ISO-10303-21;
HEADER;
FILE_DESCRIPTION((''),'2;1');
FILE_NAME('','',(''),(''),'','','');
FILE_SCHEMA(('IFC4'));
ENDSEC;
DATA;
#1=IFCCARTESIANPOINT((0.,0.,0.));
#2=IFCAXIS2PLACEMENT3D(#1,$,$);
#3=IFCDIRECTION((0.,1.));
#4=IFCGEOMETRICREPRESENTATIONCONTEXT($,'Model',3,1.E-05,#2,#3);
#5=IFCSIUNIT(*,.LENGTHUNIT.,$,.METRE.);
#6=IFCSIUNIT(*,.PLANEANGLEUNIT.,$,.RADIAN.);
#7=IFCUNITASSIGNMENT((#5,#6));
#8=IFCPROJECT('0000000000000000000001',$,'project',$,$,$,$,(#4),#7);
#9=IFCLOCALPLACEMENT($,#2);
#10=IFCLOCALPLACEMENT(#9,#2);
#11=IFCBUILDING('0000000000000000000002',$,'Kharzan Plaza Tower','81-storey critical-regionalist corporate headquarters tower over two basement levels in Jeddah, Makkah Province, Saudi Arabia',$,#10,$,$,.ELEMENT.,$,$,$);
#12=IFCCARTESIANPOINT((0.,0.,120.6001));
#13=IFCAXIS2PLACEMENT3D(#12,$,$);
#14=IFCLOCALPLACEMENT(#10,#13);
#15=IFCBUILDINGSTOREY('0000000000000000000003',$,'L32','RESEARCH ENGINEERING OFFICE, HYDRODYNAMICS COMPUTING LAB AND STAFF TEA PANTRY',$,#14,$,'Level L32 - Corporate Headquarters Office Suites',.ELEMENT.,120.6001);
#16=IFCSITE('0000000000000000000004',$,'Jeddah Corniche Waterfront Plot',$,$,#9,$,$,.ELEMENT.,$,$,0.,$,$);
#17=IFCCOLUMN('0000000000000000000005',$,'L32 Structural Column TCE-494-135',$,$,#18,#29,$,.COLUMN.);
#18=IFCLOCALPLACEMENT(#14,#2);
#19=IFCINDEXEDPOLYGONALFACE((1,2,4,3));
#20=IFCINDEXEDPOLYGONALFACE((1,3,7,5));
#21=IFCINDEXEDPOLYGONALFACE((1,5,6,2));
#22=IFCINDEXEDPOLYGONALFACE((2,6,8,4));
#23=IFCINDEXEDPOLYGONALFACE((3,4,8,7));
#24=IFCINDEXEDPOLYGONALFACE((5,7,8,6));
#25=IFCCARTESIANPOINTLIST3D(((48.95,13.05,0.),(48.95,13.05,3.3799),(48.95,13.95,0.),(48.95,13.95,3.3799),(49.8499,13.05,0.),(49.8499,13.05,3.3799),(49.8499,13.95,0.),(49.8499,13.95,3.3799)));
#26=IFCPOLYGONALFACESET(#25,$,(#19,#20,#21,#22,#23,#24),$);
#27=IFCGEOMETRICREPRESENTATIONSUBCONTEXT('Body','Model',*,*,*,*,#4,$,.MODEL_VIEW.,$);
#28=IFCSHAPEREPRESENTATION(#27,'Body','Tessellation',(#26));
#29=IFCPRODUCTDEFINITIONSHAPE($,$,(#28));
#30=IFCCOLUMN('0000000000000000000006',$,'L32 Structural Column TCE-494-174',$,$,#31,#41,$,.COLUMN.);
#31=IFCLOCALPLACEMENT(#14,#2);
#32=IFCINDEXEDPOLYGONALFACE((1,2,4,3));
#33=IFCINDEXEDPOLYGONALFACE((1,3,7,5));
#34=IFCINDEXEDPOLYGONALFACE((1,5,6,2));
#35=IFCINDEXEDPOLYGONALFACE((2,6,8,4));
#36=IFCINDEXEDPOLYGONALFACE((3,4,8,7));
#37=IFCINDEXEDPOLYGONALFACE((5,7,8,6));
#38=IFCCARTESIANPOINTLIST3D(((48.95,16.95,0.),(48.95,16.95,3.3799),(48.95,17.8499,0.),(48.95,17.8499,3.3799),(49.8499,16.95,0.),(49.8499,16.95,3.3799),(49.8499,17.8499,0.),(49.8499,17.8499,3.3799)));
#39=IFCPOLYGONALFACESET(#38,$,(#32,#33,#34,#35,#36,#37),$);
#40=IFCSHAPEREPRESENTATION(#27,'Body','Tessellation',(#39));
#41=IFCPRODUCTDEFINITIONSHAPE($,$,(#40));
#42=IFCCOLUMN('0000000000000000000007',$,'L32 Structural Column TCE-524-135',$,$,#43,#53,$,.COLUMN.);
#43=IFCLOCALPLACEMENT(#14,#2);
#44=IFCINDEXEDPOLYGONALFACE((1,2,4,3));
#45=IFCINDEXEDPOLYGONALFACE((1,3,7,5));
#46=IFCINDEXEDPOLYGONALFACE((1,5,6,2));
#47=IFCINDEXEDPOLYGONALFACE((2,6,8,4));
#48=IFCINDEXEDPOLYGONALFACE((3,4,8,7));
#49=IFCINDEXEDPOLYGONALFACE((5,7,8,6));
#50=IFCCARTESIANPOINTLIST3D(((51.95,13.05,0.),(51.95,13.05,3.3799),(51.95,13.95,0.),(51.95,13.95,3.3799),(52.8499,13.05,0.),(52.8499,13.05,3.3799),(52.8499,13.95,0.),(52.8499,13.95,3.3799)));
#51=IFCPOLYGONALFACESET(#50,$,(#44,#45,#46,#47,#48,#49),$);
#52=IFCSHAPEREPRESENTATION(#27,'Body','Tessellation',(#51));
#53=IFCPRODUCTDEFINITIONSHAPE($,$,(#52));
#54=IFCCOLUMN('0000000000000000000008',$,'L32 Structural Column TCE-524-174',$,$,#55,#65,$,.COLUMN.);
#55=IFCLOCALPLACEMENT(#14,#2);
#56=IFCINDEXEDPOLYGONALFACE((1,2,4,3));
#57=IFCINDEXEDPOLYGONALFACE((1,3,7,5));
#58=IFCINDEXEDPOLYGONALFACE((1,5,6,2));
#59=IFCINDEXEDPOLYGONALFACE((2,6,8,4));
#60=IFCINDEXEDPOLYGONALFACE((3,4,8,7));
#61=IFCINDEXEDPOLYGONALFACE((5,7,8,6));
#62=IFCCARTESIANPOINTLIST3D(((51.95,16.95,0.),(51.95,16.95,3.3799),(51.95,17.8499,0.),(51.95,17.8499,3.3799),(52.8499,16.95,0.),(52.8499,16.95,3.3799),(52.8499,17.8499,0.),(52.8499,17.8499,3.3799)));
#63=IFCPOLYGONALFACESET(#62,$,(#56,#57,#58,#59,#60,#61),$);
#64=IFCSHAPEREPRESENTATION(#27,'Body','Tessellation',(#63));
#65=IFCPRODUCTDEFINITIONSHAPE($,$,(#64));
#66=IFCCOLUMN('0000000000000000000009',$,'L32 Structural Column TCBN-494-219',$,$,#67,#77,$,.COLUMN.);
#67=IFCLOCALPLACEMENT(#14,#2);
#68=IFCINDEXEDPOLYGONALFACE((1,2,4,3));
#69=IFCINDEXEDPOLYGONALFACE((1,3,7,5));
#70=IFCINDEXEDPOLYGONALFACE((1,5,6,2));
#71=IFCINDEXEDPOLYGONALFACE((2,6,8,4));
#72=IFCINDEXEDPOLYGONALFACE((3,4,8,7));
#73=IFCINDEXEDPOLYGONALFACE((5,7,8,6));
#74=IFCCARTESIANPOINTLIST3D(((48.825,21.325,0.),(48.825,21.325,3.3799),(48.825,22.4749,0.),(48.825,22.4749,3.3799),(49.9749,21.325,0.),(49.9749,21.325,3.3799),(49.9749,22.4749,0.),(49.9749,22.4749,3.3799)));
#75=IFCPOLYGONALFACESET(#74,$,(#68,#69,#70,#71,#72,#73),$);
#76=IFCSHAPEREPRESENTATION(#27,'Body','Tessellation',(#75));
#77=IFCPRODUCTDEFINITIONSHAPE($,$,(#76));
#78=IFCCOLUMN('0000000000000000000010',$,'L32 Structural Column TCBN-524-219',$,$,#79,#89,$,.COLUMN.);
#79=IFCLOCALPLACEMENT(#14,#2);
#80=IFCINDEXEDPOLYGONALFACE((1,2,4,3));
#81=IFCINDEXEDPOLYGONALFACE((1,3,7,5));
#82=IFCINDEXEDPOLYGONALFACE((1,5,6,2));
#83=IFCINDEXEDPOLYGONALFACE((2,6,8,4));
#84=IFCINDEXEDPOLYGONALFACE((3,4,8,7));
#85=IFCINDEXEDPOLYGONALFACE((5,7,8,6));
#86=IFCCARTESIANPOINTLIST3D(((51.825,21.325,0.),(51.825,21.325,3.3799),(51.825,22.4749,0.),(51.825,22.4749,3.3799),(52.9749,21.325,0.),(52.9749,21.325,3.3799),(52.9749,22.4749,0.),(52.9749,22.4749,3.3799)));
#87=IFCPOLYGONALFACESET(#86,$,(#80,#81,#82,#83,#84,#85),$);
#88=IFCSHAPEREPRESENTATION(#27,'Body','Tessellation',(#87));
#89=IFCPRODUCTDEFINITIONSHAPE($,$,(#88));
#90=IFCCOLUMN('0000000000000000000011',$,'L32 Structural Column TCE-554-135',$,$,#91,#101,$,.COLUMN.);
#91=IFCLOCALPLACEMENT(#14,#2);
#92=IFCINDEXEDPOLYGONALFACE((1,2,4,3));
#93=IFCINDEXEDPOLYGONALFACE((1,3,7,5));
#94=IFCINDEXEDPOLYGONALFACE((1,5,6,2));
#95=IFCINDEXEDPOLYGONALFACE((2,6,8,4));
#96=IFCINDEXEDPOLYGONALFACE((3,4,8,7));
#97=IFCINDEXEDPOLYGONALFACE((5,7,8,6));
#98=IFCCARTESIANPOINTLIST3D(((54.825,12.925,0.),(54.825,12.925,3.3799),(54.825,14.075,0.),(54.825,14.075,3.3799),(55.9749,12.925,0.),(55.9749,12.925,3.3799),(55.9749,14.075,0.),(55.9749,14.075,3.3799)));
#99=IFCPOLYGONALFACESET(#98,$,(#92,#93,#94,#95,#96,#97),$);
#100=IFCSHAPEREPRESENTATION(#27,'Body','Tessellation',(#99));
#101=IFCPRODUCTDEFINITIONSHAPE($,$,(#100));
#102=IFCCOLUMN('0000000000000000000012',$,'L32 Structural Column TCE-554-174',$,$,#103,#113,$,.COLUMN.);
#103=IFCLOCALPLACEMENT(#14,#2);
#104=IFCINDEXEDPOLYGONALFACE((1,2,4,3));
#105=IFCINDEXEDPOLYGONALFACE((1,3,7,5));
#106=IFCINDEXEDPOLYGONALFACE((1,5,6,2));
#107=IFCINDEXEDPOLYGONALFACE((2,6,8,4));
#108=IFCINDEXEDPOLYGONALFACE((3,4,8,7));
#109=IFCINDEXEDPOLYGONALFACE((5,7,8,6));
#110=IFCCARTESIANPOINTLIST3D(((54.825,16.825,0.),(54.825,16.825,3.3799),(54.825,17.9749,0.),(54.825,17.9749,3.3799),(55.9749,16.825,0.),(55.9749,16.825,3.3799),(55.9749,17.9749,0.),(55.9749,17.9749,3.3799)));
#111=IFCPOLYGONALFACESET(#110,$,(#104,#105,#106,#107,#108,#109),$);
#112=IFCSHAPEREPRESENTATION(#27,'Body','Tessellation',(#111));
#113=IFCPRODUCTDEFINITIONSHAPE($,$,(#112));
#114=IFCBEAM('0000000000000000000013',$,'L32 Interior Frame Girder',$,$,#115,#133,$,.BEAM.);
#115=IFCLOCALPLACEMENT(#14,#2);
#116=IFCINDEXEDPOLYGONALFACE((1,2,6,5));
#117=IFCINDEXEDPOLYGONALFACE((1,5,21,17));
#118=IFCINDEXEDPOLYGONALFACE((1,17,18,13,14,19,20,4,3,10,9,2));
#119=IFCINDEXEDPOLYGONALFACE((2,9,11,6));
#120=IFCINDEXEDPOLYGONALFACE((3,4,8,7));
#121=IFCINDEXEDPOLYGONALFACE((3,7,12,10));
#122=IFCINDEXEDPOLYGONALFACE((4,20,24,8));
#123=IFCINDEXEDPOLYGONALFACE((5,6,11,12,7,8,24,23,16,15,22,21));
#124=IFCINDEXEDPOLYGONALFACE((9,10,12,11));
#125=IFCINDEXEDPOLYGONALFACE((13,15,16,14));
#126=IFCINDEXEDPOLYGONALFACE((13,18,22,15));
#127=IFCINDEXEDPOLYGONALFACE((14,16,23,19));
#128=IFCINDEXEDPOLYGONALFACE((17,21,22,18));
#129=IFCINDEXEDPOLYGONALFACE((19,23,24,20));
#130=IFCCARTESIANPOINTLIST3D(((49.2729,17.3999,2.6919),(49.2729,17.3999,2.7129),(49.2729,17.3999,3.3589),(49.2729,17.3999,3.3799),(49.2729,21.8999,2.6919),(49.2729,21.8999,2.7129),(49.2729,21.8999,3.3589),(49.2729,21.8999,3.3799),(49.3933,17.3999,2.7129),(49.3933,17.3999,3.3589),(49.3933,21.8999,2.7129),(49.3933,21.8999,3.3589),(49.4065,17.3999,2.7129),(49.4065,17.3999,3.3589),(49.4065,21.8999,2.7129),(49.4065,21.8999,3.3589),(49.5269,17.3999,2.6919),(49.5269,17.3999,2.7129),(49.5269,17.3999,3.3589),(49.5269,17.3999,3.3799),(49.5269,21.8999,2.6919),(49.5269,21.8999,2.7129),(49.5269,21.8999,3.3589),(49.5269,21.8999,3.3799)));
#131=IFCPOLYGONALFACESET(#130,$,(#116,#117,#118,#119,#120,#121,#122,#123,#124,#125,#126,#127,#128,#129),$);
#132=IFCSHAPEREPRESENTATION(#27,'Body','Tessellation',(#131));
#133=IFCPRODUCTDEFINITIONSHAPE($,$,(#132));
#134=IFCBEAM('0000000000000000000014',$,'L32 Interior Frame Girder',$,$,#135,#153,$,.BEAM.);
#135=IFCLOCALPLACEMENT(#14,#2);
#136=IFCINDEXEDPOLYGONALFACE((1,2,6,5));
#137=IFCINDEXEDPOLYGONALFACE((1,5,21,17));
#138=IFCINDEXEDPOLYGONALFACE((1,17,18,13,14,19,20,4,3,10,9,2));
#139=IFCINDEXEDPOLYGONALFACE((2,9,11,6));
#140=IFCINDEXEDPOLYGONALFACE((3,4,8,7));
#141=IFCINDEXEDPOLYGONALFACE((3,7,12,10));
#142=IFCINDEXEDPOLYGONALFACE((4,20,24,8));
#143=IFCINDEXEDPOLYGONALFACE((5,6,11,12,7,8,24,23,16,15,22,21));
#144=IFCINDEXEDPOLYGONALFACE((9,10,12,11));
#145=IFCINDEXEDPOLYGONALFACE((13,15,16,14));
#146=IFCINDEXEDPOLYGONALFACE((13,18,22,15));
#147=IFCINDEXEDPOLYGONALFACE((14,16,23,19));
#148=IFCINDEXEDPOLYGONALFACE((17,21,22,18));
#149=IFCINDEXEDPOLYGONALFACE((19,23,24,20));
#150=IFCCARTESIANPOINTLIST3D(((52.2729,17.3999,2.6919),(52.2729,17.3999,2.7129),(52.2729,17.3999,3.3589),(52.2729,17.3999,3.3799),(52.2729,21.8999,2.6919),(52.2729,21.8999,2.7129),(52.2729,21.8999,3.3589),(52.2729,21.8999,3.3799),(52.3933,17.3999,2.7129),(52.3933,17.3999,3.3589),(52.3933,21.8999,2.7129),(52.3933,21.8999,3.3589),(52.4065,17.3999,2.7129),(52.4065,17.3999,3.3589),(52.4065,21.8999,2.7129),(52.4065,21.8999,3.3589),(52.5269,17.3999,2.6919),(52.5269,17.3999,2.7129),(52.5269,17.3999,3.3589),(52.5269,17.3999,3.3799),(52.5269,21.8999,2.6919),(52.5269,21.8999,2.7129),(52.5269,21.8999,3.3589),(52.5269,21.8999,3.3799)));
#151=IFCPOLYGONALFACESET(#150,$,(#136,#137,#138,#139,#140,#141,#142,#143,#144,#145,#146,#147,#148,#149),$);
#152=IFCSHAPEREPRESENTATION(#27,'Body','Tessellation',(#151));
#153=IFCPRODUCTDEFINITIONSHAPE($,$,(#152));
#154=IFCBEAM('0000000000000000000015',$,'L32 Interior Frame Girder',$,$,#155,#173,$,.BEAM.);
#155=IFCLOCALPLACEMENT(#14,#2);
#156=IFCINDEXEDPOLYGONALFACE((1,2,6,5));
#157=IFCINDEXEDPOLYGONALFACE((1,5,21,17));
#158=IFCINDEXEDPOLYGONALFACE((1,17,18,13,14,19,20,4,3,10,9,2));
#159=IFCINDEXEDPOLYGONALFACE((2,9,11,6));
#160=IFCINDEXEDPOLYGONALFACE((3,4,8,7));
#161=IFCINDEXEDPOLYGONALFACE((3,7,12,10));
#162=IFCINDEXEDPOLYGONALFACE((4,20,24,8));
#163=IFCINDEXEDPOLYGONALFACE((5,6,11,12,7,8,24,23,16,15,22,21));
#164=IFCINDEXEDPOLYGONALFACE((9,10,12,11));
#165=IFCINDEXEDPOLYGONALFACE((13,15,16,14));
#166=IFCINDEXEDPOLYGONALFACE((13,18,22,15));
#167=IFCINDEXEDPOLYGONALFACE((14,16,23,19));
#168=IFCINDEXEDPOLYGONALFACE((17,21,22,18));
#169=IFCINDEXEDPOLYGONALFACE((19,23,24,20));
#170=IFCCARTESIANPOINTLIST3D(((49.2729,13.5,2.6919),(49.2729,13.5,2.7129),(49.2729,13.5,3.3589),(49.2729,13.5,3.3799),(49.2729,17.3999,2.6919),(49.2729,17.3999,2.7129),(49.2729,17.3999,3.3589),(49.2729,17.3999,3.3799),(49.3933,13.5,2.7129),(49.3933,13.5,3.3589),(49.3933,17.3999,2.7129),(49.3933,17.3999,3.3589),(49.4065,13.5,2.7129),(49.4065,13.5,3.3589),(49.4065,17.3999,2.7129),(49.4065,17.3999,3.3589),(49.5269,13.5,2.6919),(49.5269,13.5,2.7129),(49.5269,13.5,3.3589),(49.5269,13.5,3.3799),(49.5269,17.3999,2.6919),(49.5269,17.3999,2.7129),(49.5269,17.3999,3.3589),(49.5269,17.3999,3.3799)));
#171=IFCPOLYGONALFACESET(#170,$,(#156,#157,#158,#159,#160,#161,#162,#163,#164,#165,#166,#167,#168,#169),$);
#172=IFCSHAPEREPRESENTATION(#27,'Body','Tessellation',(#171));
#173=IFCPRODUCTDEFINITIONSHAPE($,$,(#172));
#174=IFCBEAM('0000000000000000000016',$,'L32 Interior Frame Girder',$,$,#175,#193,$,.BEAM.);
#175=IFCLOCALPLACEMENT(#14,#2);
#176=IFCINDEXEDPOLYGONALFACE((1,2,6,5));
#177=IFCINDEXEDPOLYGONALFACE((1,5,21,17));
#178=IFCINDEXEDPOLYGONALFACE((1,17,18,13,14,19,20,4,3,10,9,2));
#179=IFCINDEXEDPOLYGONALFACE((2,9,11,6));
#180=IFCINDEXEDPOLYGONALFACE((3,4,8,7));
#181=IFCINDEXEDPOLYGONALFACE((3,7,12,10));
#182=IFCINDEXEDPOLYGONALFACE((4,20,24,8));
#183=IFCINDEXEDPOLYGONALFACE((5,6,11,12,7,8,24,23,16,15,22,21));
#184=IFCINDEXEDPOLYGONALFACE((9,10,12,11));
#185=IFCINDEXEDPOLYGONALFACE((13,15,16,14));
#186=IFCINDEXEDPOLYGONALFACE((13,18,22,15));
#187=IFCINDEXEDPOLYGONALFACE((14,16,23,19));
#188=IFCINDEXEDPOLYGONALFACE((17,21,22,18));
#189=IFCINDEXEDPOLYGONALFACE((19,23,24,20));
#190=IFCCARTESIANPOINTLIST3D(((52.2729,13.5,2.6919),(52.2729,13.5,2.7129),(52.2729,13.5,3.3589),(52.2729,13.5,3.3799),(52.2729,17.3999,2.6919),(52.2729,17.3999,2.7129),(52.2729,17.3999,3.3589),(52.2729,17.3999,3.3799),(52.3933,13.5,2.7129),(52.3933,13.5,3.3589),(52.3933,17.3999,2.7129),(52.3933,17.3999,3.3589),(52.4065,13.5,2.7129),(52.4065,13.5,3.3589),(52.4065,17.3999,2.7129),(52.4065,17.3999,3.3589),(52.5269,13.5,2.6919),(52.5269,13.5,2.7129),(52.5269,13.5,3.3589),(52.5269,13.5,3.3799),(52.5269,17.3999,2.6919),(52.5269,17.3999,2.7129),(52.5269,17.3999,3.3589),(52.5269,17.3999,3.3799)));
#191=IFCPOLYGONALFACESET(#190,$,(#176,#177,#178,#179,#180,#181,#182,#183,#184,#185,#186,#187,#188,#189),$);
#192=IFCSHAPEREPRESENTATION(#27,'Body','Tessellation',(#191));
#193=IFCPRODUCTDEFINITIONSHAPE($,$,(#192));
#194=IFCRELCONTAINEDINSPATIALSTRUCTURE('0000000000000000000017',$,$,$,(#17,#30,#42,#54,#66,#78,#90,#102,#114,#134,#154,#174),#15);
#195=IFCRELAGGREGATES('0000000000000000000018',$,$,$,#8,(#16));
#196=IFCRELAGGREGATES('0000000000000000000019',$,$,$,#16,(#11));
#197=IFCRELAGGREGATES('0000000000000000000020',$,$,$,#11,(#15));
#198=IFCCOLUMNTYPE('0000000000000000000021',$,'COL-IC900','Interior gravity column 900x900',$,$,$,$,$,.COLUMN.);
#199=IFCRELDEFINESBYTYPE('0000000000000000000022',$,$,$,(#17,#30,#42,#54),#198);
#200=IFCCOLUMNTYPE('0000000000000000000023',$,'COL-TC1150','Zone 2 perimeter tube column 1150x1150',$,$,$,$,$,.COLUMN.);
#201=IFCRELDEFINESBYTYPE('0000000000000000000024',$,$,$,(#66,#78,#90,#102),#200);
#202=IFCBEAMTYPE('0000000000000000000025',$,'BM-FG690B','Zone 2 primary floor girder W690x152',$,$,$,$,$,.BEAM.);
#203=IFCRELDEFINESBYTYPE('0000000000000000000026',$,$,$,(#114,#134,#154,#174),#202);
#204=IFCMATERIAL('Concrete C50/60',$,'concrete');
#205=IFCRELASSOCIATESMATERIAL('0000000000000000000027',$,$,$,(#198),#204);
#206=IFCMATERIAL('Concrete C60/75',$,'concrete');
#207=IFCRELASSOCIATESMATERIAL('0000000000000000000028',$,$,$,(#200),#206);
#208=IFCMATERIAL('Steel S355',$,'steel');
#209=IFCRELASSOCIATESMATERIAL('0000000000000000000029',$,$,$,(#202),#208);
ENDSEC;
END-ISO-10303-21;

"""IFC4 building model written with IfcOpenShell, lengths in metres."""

from ifc_helpers import new_model, si_unit, direction, frame, origin, origin_2d, place, context, subcontext, project, spatial, rectangle, i_section, extrude, source, transform, mapped, material, material_profile, profile_set, type_object, element, save


model = new_model("IFC4")

# Units and contexts
model_context = context("Model", 3, precision=1e-05, world=origin(), true_north=direction((0.0, 1.0)))
body_context = subcontext(model_context, "Body", "Model", "MODEL_VIEW")
ifc_project = project(units=[si_unit("LENGTHUNIT", "METRE"), si_unit("PLANEANGLEUNIT", "RADIAN")], contexts=[model_context])

# Site, building, storey
site_placement = place(None, origin())
site = spatial("IfcSite", under=ifc_project, at=site_placement, Name="Jeddah Corniche Waterfront Plot", CompositionType="ELEMENT", RefElevation=0.0)
building_placement = place(site_placement, origin())
building = spatial("IfcBuilding", under=site, at=building_placement, Name="Kharzan Plaza Tower", Description="81-storey critical-regionalist corporate headquarters tower over two basement levels in Jeddah, Makkah Province, Saudi Arabia", CompositionType="ELEMENT")
storey_placement = place(building_placement, frame((0.0, 0.0, 120.6001)))
storey = spatial("IfcBuildingStorey", under=building, at=storey_placement, Name="L32", Description="RESEARCH ENGINEERING OFFICE, HYDRODYNAMICS COMPUTING LAB AND STAFF TEA PANTRY", LongName="Level L32 - Corporate Headquarters Office Suites", CompositionType="ELEMENT", Elevation=120.6001)

# Columns
ifc_material_1 = material(Name="Concrete C50/60", Category="concrete")
ifc_material_profile_1 = material_profile(ifc_material_1, rectangle(XDim=0.8999, YDim=0.8999, at=origin_2d()), Name="RC-IC900x900")
ifc_profile_set_1 = profile_set([ifc_material_profile_1], Name="Concrete C50/60")
column_type_1 = type_object("IfcColumnType", Name="COL-IC900", Description="Interior gravity column 900x900", PredefinedType="COLUMN", material=ifc_profile_set_1)
shared_shape_1 = source(origin(), body_context, "Body", "SweptSolid", [
    extrude(rectangle(XDim=0.8999, YDim=0.8999, at=origin_2d()), origin(), (0.0, 0.0, 1.0), 3.3799),
])
for number, where, z_axis, x_axis, name in (
    (1, (49.3999, 13.5, 0.0), (0.0, 0.0, 1.0), (1.0, 0.0, 0.0), "L32 Structural Column TCE-494-135"),
    (2, (49.3999, 17.3999, 0.0), (0.0, 0.0, 1.0), (1.0, 0.0, 0.0), "L32 Structural Column TCE-494-174"),
    (3, (52.3999, 13.5, 0.0), (0.0, 0.0, 1.0), (1.0, 0.0, 0.0), "L32 Structural Column TCE-524-135"),
    (4, (52.3999, 17.3999, 0.0), (0.0, 0.0, 1.0), (1.0, 0.0, 0.0), "L32 Structural Column TCE-524-174"),
):
    element("IfcColumn", number, at=place(storey_placement, frame(where, z_axis=z_axis, x_axis=x_axis)), inside=storey, type_object=column_type_1, Name=name, PredefinedType="COLUMN", context=body_context, shape_type="MappedRepresentation", body=[
        mapped(shared_shape_1, transform((0.0, 0.0, 0.0), x_axis=(1.0, 0.0, 0.0), y_axis=(0.0, 1.0, 0.0), z_axis=(0.0, 0.0, 1.0))),
    ])
ifc_material_2 = material(Name="Concrete C60/75", Category="concrete")
ifc_material_profile_2 = material_profile(ifc_material_2, rectangle(XDim=1.1499, YDim=1.1499, at=origin_2d()), Name="RC-TC1150x1150")
ifc_profile_set_2 = profile_set([ifc_material_profile_2], Name="Concrete C60/75")
column_type_2 = type_object("IfcColumnType", Name="COL-TC1150", Description="Zone 2 perimeter tube column 1150x1150", PredefinedType="COLUMN", material=ifc_profile_set_2)
shared_shape_2 = source(origin(), body_context, "Body", "SweptSolid", [
    extrude(rectangle(XDim=1.1499, YDim=1.1499, at=origin_2d()), origin(), (0.0, 0.0, 1.0), 3.3799),
])
for number, where, z_axis, x_axis, name in (
    (5, (49.3999, 21.8999, 0.0), (0.0, 0.0, 1.0), (1.0, 0.0, 0.0), "L32 Structural Column TCBN-494-219"),
    (6, (52.3999, 21.8999, 0.0), (0.0, 0.0, 1.0), (1.0, 0.0, 0.0), "L32 Structural Column TCBN-524-219"),
    (7, (55.3999, 13.5, 0.0), (0.0, 0.0, 1.0), (1.0, 0.0, 0.0), "L32 Structural Column TCE-554-135"),
    (8, (55.3999, 17.3999, 0.0), (0.0, 0.0, 1.0), (1.0, 0.0, 0.0), "L32 Structural Column TCE-554-174"),
):
    element("IfcColumn", number, at=place(storey_placement, frame(where, z_axis=z_axis, x_axis=x_axis)), inside=storey, type_object=column_type_2, Name=name, PredefinedType="COLUMN", context=body_context, shape_type="MappedRepresentation", body=[
        mapped(shared_shape_2, transform((0.0, 0.0, 0.0), x_axis=(1.0, 0.0, 0.0), y_axis=(0.0, 1.0, 0.0), z_axis=(0.0, 0.0, 1.0))),
    ])

# Beams
ifc_material_3 = material(Name="Steel S355", Category="steel")
ifc_material_profile_3 = material_profile(ifc_material_3, i_section(OverallWidth=0.2539, OverallDepth=0.688, WebThickness=0.0132, FlangeThickness=0.021, at=origin_2d()), Name="W690x152")
ifc_profile_set_3 = profile_set([ifc_material_profile_3], Name="Steel S355")
beam_type_1 = type_object("IfcBeamType", Name="BM-FG690B", Description="Zone 2 primary floor girder W690x152", PredefinedType="BEAM", material=ifc_profile_set_3)
shared_shape_3 = source(origin(), body_context, "Body", "SweptSolid", [
    extrude(i_section(OverallWidth=0.2539, OverallDepth=0.688, WebThickness=0.0132, FlangeThickness=0.021, at=origin_2d()), origin(), (0.0, 0.0, 1.0), 4.5),
])
for number, where, z_axis, x_axis, name in (
    (9, (49.3999, 17.3999, 3.0359), (0.0, 1.0, 0.0), (-1.0, 0.0, 0.0), "L32 Interior Frame Girder"),
    (10, (52.3999, 17.3999, 3.0359), (0.0, 1.0, 0.0), (-1.0, 0.0, 0.0), "L32 Interior Frame Girder"),
):
    element("IfcBeam", number, at=place(storey_placement, frame(where, z_axis=z_axis, x_axis=x_axis)), inside=storey, type_object=beam_type_1, Name=name, PredefinedType="BEAM", context=body_context, shape_type="MappedRepresentation", body=[
        mapped(shared_shape_3, transform((0.0, 0.0, 0.0), x_axis=(1.0, 0.0, 0.0), y_axis=(0.0, 1.0, 0.0), z_axis=(0.0, 0.0, 1.0))),
    ])
shared_shape_4 = source(origin(), body_context, "Body", "SweptSolid", [
    extrude(i_section(OverallWidth=0.2539, OverallDepth=0.688, WebThickness=0.0132, FlangeThickness=0.021, at=origin_2d()), origin(), (0.0, 0.0, 1.0), 3.8999),
])
for number, where, z_axis, x_axis, name in (
    (11, (49.3999, 13.5, 3.0359), (0.0, 1.0, 0.0), (-1.0, 0.0, 0.0), "L32 Interior Frame Girder"),
    (12, (52.3999, 13.5, 3.0359), (0.0, 1.0, 0.0), (-1.0, 0.0, 0.0), "L32 Interior Frame Girder"),
):
    element("IfcBeam", number, at=place(storey_placement, frame(where, z_axis=z_axis, x_axis=x_axis)), inside=storey, type_object=beam_type_1, Name=name, PredefinedType="BEAM", context=body_context, shape_type="MappedRepresentation", body=[
        mapped(shared_shape_4, transform((0.0, 0.0, 0.0), x_axis=(1.0, 0.0, 0.0), y_axis=(0.0, 1.0, 0.0), z_axis=(0.0, 0.0, 1.0))),
    ])

save(model, "model.ifc")
